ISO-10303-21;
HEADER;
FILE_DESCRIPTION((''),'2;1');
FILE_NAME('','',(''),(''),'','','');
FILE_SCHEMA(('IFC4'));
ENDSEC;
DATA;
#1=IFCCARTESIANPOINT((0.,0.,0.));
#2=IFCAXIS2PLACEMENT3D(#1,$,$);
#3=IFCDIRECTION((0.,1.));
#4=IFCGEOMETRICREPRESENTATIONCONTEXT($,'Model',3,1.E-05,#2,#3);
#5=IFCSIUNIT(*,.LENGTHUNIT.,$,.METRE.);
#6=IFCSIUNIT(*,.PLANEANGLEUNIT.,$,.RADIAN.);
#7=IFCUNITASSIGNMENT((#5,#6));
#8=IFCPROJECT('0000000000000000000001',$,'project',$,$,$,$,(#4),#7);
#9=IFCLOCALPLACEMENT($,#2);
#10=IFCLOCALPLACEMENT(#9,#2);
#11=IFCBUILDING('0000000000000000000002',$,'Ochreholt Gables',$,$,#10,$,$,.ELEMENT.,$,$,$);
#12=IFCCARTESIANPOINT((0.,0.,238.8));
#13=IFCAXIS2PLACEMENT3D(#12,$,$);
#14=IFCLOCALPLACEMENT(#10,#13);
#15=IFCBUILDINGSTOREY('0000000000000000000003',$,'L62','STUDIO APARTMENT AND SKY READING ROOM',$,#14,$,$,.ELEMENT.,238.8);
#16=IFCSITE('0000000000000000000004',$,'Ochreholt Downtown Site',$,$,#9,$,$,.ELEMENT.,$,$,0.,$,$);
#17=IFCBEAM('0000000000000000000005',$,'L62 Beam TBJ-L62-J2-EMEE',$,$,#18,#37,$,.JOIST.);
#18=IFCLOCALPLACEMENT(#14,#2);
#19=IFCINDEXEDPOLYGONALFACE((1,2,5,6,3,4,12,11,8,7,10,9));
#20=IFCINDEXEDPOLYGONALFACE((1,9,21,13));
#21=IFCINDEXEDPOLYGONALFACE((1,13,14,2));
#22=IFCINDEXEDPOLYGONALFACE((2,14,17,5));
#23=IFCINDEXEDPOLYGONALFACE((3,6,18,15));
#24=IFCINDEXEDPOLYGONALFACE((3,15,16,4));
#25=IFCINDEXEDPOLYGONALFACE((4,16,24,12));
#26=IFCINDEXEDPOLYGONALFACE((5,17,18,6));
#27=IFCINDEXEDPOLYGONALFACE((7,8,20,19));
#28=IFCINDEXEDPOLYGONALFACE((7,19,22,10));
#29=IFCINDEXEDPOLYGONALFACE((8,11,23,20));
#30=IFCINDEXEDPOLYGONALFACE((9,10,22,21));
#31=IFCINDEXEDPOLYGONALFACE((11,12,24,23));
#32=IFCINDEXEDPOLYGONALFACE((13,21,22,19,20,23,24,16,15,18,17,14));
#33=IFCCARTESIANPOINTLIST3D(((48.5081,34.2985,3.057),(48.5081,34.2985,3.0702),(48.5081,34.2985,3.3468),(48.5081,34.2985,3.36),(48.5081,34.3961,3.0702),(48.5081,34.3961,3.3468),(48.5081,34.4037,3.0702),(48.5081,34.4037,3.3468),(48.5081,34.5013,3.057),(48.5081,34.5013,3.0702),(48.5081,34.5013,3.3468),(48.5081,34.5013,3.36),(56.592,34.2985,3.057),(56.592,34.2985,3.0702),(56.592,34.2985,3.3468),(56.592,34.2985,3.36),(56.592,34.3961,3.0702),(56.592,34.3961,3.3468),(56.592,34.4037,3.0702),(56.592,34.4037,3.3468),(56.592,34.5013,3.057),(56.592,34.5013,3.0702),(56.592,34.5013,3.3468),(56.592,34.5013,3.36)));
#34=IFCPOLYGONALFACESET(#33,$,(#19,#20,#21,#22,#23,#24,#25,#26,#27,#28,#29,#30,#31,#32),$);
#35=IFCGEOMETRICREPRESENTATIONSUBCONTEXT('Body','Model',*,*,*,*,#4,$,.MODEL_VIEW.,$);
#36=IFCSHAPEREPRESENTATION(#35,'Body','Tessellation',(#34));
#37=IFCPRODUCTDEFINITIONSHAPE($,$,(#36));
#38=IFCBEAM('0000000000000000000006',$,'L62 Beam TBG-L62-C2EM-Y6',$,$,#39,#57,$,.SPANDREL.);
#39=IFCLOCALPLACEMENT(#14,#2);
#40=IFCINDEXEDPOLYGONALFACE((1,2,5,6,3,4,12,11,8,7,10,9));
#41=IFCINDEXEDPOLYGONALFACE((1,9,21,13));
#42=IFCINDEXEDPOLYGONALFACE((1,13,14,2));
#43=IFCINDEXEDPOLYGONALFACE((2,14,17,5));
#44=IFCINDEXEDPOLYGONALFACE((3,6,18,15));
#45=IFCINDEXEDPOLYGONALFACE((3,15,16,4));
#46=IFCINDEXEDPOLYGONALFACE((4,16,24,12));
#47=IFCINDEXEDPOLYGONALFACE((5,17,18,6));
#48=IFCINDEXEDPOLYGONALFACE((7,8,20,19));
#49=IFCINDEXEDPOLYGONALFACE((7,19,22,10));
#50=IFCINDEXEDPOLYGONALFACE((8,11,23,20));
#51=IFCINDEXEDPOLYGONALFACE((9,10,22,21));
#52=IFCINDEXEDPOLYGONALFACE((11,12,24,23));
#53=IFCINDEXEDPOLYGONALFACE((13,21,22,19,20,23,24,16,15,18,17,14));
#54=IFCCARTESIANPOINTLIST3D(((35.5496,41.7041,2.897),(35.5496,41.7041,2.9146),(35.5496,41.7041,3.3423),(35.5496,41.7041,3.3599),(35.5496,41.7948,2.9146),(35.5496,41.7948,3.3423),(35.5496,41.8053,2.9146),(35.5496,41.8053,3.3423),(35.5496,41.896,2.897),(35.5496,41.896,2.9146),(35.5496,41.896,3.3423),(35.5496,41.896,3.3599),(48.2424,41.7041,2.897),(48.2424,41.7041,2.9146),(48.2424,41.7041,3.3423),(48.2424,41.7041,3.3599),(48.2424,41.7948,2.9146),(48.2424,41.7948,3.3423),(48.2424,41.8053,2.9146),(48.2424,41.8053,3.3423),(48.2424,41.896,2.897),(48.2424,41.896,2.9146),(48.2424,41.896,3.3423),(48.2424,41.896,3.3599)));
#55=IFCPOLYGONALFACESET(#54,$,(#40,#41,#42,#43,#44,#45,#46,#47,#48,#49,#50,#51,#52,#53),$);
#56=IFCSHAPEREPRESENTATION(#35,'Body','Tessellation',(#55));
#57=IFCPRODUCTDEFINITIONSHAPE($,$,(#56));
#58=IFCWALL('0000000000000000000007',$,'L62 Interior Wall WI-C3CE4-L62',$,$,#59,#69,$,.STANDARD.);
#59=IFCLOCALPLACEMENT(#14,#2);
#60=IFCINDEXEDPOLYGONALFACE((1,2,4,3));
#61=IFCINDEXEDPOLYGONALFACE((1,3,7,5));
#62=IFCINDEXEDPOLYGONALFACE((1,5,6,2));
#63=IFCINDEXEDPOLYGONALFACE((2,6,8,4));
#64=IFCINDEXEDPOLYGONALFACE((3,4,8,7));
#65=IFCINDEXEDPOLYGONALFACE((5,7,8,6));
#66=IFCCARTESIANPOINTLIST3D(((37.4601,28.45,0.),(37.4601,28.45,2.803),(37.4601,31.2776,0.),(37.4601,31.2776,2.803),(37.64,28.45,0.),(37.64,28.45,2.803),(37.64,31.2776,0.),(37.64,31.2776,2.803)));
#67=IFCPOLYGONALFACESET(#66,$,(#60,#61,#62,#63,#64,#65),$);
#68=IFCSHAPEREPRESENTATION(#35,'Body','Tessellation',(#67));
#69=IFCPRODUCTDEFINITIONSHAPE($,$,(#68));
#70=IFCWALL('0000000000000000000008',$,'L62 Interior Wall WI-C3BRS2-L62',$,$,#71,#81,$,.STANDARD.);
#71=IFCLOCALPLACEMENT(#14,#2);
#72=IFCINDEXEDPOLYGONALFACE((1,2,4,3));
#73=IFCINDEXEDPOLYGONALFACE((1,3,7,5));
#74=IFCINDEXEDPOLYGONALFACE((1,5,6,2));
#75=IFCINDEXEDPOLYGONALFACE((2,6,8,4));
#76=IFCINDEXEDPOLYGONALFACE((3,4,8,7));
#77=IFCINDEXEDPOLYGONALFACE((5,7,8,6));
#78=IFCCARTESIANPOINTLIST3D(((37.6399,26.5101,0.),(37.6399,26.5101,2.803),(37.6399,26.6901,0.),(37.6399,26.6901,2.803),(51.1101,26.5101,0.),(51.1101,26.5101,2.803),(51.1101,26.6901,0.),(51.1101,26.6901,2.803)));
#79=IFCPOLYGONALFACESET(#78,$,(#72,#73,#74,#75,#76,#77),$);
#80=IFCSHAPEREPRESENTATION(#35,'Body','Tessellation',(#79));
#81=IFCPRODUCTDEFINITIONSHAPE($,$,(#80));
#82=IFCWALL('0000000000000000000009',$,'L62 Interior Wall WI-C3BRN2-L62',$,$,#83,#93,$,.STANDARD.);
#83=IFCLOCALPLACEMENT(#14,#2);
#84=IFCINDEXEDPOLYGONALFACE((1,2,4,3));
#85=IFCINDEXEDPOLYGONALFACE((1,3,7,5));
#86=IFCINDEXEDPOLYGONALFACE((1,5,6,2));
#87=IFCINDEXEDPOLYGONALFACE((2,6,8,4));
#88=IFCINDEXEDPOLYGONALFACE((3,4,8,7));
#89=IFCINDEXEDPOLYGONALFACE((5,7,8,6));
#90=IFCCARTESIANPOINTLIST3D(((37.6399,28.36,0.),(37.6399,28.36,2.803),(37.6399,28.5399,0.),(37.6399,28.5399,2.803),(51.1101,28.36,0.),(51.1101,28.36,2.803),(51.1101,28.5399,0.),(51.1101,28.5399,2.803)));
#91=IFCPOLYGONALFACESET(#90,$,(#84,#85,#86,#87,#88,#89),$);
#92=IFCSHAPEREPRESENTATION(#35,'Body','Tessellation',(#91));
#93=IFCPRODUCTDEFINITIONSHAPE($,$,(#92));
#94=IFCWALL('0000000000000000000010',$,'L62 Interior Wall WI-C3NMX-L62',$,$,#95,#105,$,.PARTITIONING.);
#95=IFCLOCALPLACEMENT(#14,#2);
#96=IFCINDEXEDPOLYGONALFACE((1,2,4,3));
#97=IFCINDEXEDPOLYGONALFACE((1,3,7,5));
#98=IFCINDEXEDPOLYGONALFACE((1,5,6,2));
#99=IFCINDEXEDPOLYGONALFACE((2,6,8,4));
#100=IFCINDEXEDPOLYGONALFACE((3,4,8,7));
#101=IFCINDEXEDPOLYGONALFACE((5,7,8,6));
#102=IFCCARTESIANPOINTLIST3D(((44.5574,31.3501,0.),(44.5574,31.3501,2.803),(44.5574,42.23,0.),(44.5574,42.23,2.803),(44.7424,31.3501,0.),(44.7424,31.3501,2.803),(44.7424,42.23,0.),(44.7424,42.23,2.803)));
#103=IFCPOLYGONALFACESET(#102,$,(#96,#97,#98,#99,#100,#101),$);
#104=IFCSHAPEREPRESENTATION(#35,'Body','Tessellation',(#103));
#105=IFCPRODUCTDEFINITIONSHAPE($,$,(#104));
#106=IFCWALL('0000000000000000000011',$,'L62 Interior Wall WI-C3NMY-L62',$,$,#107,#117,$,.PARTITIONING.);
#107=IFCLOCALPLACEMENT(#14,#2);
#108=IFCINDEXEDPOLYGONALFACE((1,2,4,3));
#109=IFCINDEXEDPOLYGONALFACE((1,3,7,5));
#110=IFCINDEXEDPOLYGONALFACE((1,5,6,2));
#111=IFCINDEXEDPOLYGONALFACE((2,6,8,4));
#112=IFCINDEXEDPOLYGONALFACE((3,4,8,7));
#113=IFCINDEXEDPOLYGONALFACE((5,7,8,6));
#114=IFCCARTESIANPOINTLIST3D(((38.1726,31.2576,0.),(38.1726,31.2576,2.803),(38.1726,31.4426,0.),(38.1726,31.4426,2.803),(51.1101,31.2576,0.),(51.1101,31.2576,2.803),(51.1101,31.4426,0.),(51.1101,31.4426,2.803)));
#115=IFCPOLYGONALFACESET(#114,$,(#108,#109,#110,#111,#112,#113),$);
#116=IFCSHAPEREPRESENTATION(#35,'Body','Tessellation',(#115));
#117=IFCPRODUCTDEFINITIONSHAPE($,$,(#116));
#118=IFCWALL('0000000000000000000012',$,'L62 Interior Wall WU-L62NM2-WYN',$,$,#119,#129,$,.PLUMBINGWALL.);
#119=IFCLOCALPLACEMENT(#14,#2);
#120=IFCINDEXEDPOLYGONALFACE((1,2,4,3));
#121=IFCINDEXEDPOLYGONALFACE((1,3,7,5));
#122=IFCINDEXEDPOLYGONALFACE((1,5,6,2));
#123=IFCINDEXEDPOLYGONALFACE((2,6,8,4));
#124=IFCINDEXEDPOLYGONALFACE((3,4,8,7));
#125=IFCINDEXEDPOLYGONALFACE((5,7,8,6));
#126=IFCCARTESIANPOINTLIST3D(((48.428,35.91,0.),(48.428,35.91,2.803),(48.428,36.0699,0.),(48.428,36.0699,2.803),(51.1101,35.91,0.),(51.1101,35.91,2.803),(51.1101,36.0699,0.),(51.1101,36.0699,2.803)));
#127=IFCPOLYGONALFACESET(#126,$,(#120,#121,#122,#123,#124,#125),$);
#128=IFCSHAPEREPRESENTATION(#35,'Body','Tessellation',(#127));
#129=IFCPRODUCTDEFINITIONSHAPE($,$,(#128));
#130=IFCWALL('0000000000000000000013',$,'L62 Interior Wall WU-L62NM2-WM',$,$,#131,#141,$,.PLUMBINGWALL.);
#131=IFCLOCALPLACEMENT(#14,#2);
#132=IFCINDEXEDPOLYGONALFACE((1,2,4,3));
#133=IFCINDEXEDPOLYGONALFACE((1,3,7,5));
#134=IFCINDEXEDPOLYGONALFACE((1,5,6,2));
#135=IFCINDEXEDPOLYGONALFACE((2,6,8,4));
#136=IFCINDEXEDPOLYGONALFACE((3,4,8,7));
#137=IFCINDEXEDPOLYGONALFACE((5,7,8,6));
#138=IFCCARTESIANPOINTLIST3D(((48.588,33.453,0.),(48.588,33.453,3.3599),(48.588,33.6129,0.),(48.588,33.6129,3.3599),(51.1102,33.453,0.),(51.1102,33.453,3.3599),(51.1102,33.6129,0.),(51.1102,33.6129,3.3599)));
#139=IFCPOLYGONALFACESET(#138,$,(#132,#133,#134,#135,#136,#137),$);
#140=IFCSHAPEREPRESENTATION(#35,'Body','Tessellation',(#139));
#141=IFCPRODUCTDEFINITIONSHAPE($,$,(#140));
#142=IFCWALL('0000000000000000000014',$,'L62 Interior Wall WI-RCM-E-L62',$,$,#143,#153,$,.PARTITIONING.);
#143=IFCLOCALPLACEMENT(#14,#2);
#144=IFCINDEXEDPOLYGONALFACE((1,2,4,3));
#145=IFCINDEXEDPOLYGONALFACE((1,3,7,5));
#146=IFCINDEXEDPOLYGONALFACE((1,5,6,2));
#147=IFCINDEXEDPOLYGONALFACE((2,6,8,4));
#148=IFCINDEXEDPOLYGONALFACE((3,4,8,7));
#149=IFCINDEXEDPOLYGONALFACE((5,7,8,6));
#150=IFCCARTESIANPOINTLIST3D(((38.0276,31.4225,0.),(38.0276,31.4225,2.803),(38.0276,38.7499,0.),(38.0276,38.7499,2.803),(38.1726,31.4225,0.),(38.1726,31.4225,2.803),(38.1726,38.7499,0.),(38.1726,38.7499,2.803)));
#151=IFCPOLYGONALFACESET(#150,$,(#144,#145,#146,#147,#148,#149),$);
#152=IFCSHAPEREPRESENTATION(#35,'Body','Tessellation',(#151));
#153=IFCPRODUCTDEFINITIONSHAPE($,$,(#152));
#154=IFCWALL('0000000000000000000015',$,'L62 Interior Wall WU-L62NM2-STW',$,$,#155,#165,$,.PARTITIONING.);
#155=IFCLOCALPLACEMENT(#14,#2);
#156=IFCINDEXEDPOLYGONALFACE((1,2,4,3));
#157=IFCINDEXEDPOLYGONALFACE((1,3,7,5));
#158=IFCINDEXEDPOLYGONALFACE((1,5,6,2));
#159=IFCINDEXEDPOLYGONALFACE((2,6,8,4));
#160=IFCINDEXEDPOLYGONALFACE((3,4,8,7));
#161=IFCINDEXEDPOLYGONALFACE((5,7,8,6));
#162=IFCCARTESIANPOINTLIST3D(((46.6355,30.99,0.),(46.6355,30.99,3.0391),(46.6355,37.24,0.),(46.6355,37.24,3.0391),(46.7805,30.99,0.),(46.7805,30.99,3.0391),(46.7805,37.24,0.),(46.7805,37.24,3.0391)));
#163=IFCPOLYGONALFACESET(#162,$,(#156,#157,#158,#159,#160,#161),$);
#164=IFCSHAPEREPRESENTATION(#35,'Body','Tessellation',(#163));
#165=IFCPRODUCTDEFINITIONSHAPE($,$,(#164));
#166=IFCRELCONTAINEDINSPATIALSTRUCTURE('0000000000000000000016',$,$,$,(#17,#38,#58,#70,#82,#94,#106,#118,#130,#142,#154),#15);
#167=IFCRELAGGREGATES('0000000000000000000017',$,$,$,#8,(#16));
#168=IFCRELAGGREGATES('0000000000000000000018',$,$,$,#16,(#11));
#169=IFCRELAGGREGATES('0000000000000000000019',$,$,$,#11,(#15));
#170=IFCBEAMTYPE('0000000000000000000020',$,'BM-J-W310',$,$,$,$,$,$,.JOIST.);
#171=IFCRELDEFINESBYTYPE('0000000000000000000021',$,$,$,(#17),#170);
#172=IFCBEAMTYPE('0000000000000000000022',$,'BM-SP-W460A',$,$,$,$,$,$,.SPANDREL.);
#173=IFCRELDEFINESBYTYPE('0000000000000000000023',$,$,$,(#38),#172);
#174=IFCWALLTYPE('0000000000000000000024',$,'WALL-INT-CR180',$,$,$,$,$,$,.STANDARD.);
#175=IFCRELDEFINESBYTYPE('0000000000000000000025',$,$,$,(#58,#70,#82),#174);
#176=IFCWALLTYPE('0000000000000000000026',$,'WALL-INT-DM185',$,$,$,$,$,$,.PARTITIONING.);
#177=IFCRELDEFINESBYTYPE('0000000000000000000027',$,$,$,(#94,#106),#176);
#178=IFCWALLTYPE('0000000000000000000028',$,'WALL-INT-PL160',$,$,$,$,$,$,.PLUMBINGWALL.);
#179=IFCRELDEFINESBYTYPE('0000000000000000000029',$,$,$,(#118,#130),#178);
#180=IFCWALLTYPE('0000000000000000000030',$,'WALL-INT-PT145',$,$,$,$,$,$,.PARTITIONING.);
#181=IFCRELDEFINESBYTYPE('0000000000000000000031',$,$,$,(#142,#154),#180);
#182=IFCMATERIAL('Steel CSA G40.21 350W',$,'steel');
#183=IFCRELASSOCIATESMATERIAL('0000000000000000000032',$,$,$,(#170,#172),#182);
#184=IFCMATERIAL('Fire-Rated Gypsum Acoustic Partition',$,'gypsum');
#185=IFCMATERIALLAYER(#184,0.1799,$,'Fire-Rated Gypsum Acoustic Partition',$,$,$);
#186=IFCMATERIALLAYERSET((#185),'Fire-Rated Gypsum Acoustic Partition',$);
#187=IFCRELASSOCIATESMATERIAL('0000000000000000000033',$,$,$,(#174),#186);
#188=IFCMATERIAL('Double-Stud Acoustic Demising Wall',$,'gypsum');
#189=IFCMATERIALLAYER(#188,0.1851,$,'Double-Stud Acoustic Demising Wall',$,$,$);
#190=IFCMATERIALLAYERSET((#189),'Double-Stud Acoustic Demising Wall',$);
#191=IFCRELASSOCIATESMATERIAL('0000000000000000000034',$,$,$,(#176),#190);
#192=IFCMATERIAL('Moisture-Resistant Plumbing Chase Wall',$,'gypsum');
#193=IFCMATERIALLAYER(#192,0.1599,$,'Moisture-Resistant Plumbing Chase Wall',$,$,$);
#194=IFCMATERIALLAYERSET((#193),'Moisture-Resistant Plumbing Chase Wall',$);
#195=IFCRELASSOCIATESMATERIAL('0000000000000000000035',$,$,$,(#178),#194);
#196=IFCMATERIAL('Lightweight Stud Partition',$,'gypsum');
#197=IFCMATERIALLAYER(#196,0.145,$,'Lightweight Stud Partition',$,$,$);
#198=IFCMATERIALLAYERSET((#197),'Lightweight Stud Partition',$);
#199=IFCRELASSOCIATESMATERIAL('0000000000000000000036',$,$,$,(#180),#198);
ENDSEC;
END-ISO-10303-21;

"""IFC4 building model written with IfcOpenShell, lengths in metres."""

from ifc_helpers import new_model, si_unit, direction, frame, frame_2d, origin, origin_2d, place, context, subcontext, project, spatial, rectangle, i_section, extrude, material, layer, layer_set, material_profile, profile_set, type_object, element, save


model = new_model("IFC4")

# Units and contexts
model_context = context("Model", 3, precision=1e-05, world=origin(), true_north=direction((0.0, 1.0)))
body_context = subcontext(model_context, "Body", "Model", "MODEL_VIEW")
ifc_project = project(units=[si_unit("LENGTHUNIT", "METRE"), si_unit("PLANEANGLEUNIT", "RADIAN")], contexts=[model_context])

# Site, building, storey
site_placement = place(None, origin())
site = spatial("IfcSite", under=ifc_project, at=site_placement, Name="Ochreholt Downtown Site", CompositionType="ELEMENT", RefElevation=0.0)
building_placement = place(site_placement, origin())
building = spatial("IfcBuilding", under=site, at=building_placement, Name="Ochreholt Gables", CompositionType="ELEMENT")
storey_placement = place(building_placement, frame((0.0, 0.0, 238.8)))
storey = spatial("IfcBuildingStorey", under=building, at=storey_placement, Name="L62", Description="STUDIO APARTMENT AND SKY READING ROOM", CompositionType="ELEMENT", Elevation=238.8)

# Shared definitions
ifc_material_1 = material(Name="Steel CSA G40.21 350W", Category="steel")

# Beams
ifc_material_profile_1 = material_profile(ifc_material_1, i_section(OverallWidth=0.2029, OverallDepth=0.303, WebThickness=0.0076, FlangeThickness=0.0132, at=origin_2d()), Name="W310X60")
ifc_profile_set_1 = profile_set([ifc_material_profile_1], Name="Steel CSA G40.21 350W")
beam_type_1 = type_object("IfcBeamType", Name="BM-J-W310", PredefinedType="JOIST", material=ifc_profile_set_1)
beam_1_placement = place(storey_placement, frame((48.5081, 34.3999, 3.2085), z_axis=(1.0, 0.0, 0.0), x_axis=(0.0, 1.0, 0.0)))
element("IfcBeam", 1, at=beam_1_placement, inside=storey, type_object=beam_type_1, Name="L62 Beam TBJ-L62-J2-EMEE", PredefinedType="JOIST", context=body_context, shape_type="SweptSolid", body=[
    extrude(i_section(OverallWidth=0.2029, OverallDepth=0.303, WebThickness=0.0076, FlangeThickness=0.0132, at=origin_2d()), origin(), (0.0, 0.0, 1.0), 8.084),
])
ifc_material_profile_2 = material_profile(ifc_material_1, i_section(OverallWidth=0.1919, OverallDepth=0.4629, WebThickness=0.0105, FlangeThickness=0.0176, at=origin_2d()), Name="W460X89")
ifc_profile_set_2 = profile_set([ifc_material_profile_2], Name="Steel CSA G40.21 350W")
beam_type_2 = type_object("IfcBeamType", Name="BM-SP-W460A", PredefinedType="SPANDREL", material=ifc_profile_set_2)
beam_2_placement = place(storey_placement, frame((35.5496, 41.8, 3.1284), z_axis=(1.0, 0.0, 0.0), x_axis=(0.0, 1.0, 0.0)))
element("IfcBeam", 2, at=beam_2_placement, inside=storey, type_object=beam_type_2, Name="L62 Beam TBG-L62-C2EM-Y6", PredefinedType="SPANDREL", context=body_context, shape_type="SweptSolid", body=[
    extrude(i_section(OverallWidth=0.1919, OverallDepth=0.4629, WebThickness=0.0105, FlangeThickness=0.0176, at=origin_2d()), origin(), (0.0, 0.0, 1.0), 12.6929),
])

# Walls
ifc_material_2 = material(Name="Fire-Rated Gypsum Acoustic Partition", Category="gypsum")
ifc_layer_1 = layer(ifc_material_2, 0.1799, Name="Fire-Rated Gypsum Acoustic Partition")
ifc_layer_set_1 = layer_set([ifc_layer_1], Name="Fire-Rated Gypsum Acoustic Partition")
wall_type_1 = type_object("IfcWallType", Name="WALL-INT-CR180", PredefinedType="STANDARD", material=ifc_layer_set_1)
wall_1_placement = place(storey_placement, frame((37.55, 28.45, 0.0), z_axis=(0.0, 0.0, 1.0), x_axis=(0.0, 1.0, 0.0)))
element("IfcWall", 3, at=wall_1_placement, inside=storey, type_object=wall_type_1, Name="L62 Interior Wall WI-C3CE4-L62", PredefinedType="STANDARD", context=body_context, shape_type="SweptSolid", body=[
    extrude(rectangle(XDim=2.8276, YDim=0.1799, at=frame_2d((1.4138, 0.0))), origin(), (0.0, 0.0, 1.0), 2.803),
])
for number, where, z_axis, x_axis, name in (
    (4, (37.6399, 26.6001, 0.0), (0.0, 0.0, 1.0), (1.0, 0.0, 0.0), "L62 Interior Wall WI-C3BRS2-L62"),
    (5, (37.6399, 28.45, 0.0), (0.0, 0.0, 1.0), (1.0, 0.0, 0.0), "L62 Interior Wall WI-C3BRN2-L62"),
):
    element("IfcWall", number, at=place(storey_placement, frame(where, z_axis=z_axis, x_axis=x_axis)), inside=storey, type_object=wall_type_1, Name=name, PredefinedType="STANDARD", context=body_context, shape_type="SweptSolid", body=[
        extrude(rectangle(XDim=13.4702, YDim=0.1799, at=frame_2d((6.7351, 0.0))), origin(), (0.0, 0.0, 1.0), 2.803),
    ])
ifc_material_3 = material(Name="Double-Stud Acoustic Demising Wall", Category="gypsum")
ifc_layer_2 = layer(ifc_material_3, 0.1851, Name="Double-Stud Acoustic Demising Wall")
ifc_layer_set_2 = layer_set([ifc_layer_2], Name="Double-Stud Acoustic Demising Wall")
wall_type_2 = type_object("IfcWallType", Name="WALL-INT-DM185", PredefinedType="PARTITIONING", material=ifc_layer_set_2)
wall_2_placement = place(storey_placement, frame((44.6499, 31.3501, 0.0), z_axis=(0.0, 0.0, 1.0), x_axis=(0.0, 1.0, 0.0)))
element("IfcWall", 6, at=wall_2_placement, inside=storey, type_object=wall_type_2, Name="L62 Interior Wall WI-C3NMX-L62", PredefinedType="PARTITIONING", context=body_context, shape_type="SweptSolid", body=[
    extrude(rectangle(XDim=10.8799, YDim=0.1851, at=frame_2d((5.4399, 0.0))), origin(), (0.0, 0.0, 1.0), 2.803),
])
wall_3_placement = place(storey_placement, frame((38.1726, 31.3501, 0.0), z_axis=(0.0, 0.0, 1.0), x_axis=(1.0, 0.0, 0.0)))
element("IfcWall", 7, at=wall_3_placement, inside=storey, type_object=wall_type_2, Name="L62 Interior Wall WI-C3NMY-L62", PredefinedType="PARTITIONING", context=body_context, shape_type="SweptSolid", body=[
    extrude(rectangle(XDim=12.9375, YDim=0.1851, at=frame_2d((6.4688, 0.0))), origin(), (0.0, 0.0, 1.0), 2.803),
])

# Shared definitions
ifc_material_4 = material(Name="Moisture-Resistant Plumbing Chase Wall", Category="gypsum")
ifc_layer_3 = layer(ifc_material_4, 0.1599, Name="Moisture-Resistant Plumbing Chase Wall")
ifc_layer_set_3 = layer_set([ifc_layer_3], Name="Moisture-Resistant Plumbing Chase Wall")
wall_type_3 = type_object("IfcWallType", Name="WALL-INT-PL160", PredefinedType="PLUMBINGWALL", material=ifc_layer_set_3)

# Wall
wall_4_placement = place(storey_placement, frame((48.428, 35.99, 0.0), z_axis=(0.0, 0.0, 1.0), x_axis=(1.0, 0.0, 0.0)))
element("IfcWall", 8, at=wall_4_placement, inside=storey, type_object=wall_type_3, Name="L62 Interior Wall WU-L62NM2-WYN", PredefinedType="PLUMBINGWALL", context=body_context, shape_type="SweptSolid", body=[
    extrude(rectangle(XDim=2.6821, YDim=0.1599, at=frame_2d((1.3411, 0.0))), origin(), (0.0, 0.0, 1.0), 2.803),
])

# Walls
wall_5_placement = place(storey_placement, frame((48.5879, 33.533, 0.0), z_axis=(0.0, 0.0, 1.0), x_axis=(1.0, 0.0, 0.0)))
element("IfcWall", 9, at=wall_5_placement, inside=storey, type_object=wall_type_3, Name="L62 Interior Wall WU-L62NM2-WM", PredefinedType="PLUMBINGWALL", context=body_context, shape_type="SweptSolid", body=[
    extrude(rectangle(XDim=2.5222, YDim=0.1599, at=frame_2d((1.2612, 0.0))), origin(), (0.0, 0.0, 1.0), 3.3599),
])
ifc_material_5 = material(Name="Lightweight Stud Partition", Category="gypsum")
ifc_layer_4 = layer(ifc_material_5, 0.145, Name="Lightweight Stud Partition")
ifc_layer_set_4 = layer_set([ifc_layer_4], Name="Lightweight Stud Partition")
wall_type_4 = type_object("IfcWallType", Name="WALL-INT-PT145", PredefinedType="PARTITIONING", material=ifc_layer_set_4)
wall_6_placement = place(storey_placement, frame((38.1001, 31.4226, 0.0), z_axis=(0.0, 0.0, 1.0), x_axis=(0.0, 1.0, 0.0)))
element("IfcWall", 10, at=wall_6_placement, inside=storey, type_object=wall_type_4, Name="L62 Interior Wall WI-RCM-E-L62", PredefinedType="PARTITIONING", context=body_context, shape_type="SweptSolid", body=[
    extrude(rectangle(XDim=7.3274, YDim=0.145, at=frame_2d((3.6636, 0.0))), origin(), (0.0, 0.0, 1.0), 2.803),
])
wall_7_placement = place(storey_placement, frame((46.708, 30.99, 0.0), z_axis=(0.0, 0.0, 1.0), x_axis=(0.0, 1.0, 0.0)))
element("IfcWall", 11, at=wall_7_placement, inside=storey, type_object=wall_type_4, Name="L62 Interior Wall WU-L62NM2-STW", PredefinedType="PARTITIONING", context=body_context, shape_type="SweptSolid", body=[
    extrude(rectangle(XDim=6.25, YDim=0.145, at=frame_2d((3.125, 0.0))), origin(), (0.0, 0.0, 1.0), 3.0391),
])

save(model, "model.ifc")
